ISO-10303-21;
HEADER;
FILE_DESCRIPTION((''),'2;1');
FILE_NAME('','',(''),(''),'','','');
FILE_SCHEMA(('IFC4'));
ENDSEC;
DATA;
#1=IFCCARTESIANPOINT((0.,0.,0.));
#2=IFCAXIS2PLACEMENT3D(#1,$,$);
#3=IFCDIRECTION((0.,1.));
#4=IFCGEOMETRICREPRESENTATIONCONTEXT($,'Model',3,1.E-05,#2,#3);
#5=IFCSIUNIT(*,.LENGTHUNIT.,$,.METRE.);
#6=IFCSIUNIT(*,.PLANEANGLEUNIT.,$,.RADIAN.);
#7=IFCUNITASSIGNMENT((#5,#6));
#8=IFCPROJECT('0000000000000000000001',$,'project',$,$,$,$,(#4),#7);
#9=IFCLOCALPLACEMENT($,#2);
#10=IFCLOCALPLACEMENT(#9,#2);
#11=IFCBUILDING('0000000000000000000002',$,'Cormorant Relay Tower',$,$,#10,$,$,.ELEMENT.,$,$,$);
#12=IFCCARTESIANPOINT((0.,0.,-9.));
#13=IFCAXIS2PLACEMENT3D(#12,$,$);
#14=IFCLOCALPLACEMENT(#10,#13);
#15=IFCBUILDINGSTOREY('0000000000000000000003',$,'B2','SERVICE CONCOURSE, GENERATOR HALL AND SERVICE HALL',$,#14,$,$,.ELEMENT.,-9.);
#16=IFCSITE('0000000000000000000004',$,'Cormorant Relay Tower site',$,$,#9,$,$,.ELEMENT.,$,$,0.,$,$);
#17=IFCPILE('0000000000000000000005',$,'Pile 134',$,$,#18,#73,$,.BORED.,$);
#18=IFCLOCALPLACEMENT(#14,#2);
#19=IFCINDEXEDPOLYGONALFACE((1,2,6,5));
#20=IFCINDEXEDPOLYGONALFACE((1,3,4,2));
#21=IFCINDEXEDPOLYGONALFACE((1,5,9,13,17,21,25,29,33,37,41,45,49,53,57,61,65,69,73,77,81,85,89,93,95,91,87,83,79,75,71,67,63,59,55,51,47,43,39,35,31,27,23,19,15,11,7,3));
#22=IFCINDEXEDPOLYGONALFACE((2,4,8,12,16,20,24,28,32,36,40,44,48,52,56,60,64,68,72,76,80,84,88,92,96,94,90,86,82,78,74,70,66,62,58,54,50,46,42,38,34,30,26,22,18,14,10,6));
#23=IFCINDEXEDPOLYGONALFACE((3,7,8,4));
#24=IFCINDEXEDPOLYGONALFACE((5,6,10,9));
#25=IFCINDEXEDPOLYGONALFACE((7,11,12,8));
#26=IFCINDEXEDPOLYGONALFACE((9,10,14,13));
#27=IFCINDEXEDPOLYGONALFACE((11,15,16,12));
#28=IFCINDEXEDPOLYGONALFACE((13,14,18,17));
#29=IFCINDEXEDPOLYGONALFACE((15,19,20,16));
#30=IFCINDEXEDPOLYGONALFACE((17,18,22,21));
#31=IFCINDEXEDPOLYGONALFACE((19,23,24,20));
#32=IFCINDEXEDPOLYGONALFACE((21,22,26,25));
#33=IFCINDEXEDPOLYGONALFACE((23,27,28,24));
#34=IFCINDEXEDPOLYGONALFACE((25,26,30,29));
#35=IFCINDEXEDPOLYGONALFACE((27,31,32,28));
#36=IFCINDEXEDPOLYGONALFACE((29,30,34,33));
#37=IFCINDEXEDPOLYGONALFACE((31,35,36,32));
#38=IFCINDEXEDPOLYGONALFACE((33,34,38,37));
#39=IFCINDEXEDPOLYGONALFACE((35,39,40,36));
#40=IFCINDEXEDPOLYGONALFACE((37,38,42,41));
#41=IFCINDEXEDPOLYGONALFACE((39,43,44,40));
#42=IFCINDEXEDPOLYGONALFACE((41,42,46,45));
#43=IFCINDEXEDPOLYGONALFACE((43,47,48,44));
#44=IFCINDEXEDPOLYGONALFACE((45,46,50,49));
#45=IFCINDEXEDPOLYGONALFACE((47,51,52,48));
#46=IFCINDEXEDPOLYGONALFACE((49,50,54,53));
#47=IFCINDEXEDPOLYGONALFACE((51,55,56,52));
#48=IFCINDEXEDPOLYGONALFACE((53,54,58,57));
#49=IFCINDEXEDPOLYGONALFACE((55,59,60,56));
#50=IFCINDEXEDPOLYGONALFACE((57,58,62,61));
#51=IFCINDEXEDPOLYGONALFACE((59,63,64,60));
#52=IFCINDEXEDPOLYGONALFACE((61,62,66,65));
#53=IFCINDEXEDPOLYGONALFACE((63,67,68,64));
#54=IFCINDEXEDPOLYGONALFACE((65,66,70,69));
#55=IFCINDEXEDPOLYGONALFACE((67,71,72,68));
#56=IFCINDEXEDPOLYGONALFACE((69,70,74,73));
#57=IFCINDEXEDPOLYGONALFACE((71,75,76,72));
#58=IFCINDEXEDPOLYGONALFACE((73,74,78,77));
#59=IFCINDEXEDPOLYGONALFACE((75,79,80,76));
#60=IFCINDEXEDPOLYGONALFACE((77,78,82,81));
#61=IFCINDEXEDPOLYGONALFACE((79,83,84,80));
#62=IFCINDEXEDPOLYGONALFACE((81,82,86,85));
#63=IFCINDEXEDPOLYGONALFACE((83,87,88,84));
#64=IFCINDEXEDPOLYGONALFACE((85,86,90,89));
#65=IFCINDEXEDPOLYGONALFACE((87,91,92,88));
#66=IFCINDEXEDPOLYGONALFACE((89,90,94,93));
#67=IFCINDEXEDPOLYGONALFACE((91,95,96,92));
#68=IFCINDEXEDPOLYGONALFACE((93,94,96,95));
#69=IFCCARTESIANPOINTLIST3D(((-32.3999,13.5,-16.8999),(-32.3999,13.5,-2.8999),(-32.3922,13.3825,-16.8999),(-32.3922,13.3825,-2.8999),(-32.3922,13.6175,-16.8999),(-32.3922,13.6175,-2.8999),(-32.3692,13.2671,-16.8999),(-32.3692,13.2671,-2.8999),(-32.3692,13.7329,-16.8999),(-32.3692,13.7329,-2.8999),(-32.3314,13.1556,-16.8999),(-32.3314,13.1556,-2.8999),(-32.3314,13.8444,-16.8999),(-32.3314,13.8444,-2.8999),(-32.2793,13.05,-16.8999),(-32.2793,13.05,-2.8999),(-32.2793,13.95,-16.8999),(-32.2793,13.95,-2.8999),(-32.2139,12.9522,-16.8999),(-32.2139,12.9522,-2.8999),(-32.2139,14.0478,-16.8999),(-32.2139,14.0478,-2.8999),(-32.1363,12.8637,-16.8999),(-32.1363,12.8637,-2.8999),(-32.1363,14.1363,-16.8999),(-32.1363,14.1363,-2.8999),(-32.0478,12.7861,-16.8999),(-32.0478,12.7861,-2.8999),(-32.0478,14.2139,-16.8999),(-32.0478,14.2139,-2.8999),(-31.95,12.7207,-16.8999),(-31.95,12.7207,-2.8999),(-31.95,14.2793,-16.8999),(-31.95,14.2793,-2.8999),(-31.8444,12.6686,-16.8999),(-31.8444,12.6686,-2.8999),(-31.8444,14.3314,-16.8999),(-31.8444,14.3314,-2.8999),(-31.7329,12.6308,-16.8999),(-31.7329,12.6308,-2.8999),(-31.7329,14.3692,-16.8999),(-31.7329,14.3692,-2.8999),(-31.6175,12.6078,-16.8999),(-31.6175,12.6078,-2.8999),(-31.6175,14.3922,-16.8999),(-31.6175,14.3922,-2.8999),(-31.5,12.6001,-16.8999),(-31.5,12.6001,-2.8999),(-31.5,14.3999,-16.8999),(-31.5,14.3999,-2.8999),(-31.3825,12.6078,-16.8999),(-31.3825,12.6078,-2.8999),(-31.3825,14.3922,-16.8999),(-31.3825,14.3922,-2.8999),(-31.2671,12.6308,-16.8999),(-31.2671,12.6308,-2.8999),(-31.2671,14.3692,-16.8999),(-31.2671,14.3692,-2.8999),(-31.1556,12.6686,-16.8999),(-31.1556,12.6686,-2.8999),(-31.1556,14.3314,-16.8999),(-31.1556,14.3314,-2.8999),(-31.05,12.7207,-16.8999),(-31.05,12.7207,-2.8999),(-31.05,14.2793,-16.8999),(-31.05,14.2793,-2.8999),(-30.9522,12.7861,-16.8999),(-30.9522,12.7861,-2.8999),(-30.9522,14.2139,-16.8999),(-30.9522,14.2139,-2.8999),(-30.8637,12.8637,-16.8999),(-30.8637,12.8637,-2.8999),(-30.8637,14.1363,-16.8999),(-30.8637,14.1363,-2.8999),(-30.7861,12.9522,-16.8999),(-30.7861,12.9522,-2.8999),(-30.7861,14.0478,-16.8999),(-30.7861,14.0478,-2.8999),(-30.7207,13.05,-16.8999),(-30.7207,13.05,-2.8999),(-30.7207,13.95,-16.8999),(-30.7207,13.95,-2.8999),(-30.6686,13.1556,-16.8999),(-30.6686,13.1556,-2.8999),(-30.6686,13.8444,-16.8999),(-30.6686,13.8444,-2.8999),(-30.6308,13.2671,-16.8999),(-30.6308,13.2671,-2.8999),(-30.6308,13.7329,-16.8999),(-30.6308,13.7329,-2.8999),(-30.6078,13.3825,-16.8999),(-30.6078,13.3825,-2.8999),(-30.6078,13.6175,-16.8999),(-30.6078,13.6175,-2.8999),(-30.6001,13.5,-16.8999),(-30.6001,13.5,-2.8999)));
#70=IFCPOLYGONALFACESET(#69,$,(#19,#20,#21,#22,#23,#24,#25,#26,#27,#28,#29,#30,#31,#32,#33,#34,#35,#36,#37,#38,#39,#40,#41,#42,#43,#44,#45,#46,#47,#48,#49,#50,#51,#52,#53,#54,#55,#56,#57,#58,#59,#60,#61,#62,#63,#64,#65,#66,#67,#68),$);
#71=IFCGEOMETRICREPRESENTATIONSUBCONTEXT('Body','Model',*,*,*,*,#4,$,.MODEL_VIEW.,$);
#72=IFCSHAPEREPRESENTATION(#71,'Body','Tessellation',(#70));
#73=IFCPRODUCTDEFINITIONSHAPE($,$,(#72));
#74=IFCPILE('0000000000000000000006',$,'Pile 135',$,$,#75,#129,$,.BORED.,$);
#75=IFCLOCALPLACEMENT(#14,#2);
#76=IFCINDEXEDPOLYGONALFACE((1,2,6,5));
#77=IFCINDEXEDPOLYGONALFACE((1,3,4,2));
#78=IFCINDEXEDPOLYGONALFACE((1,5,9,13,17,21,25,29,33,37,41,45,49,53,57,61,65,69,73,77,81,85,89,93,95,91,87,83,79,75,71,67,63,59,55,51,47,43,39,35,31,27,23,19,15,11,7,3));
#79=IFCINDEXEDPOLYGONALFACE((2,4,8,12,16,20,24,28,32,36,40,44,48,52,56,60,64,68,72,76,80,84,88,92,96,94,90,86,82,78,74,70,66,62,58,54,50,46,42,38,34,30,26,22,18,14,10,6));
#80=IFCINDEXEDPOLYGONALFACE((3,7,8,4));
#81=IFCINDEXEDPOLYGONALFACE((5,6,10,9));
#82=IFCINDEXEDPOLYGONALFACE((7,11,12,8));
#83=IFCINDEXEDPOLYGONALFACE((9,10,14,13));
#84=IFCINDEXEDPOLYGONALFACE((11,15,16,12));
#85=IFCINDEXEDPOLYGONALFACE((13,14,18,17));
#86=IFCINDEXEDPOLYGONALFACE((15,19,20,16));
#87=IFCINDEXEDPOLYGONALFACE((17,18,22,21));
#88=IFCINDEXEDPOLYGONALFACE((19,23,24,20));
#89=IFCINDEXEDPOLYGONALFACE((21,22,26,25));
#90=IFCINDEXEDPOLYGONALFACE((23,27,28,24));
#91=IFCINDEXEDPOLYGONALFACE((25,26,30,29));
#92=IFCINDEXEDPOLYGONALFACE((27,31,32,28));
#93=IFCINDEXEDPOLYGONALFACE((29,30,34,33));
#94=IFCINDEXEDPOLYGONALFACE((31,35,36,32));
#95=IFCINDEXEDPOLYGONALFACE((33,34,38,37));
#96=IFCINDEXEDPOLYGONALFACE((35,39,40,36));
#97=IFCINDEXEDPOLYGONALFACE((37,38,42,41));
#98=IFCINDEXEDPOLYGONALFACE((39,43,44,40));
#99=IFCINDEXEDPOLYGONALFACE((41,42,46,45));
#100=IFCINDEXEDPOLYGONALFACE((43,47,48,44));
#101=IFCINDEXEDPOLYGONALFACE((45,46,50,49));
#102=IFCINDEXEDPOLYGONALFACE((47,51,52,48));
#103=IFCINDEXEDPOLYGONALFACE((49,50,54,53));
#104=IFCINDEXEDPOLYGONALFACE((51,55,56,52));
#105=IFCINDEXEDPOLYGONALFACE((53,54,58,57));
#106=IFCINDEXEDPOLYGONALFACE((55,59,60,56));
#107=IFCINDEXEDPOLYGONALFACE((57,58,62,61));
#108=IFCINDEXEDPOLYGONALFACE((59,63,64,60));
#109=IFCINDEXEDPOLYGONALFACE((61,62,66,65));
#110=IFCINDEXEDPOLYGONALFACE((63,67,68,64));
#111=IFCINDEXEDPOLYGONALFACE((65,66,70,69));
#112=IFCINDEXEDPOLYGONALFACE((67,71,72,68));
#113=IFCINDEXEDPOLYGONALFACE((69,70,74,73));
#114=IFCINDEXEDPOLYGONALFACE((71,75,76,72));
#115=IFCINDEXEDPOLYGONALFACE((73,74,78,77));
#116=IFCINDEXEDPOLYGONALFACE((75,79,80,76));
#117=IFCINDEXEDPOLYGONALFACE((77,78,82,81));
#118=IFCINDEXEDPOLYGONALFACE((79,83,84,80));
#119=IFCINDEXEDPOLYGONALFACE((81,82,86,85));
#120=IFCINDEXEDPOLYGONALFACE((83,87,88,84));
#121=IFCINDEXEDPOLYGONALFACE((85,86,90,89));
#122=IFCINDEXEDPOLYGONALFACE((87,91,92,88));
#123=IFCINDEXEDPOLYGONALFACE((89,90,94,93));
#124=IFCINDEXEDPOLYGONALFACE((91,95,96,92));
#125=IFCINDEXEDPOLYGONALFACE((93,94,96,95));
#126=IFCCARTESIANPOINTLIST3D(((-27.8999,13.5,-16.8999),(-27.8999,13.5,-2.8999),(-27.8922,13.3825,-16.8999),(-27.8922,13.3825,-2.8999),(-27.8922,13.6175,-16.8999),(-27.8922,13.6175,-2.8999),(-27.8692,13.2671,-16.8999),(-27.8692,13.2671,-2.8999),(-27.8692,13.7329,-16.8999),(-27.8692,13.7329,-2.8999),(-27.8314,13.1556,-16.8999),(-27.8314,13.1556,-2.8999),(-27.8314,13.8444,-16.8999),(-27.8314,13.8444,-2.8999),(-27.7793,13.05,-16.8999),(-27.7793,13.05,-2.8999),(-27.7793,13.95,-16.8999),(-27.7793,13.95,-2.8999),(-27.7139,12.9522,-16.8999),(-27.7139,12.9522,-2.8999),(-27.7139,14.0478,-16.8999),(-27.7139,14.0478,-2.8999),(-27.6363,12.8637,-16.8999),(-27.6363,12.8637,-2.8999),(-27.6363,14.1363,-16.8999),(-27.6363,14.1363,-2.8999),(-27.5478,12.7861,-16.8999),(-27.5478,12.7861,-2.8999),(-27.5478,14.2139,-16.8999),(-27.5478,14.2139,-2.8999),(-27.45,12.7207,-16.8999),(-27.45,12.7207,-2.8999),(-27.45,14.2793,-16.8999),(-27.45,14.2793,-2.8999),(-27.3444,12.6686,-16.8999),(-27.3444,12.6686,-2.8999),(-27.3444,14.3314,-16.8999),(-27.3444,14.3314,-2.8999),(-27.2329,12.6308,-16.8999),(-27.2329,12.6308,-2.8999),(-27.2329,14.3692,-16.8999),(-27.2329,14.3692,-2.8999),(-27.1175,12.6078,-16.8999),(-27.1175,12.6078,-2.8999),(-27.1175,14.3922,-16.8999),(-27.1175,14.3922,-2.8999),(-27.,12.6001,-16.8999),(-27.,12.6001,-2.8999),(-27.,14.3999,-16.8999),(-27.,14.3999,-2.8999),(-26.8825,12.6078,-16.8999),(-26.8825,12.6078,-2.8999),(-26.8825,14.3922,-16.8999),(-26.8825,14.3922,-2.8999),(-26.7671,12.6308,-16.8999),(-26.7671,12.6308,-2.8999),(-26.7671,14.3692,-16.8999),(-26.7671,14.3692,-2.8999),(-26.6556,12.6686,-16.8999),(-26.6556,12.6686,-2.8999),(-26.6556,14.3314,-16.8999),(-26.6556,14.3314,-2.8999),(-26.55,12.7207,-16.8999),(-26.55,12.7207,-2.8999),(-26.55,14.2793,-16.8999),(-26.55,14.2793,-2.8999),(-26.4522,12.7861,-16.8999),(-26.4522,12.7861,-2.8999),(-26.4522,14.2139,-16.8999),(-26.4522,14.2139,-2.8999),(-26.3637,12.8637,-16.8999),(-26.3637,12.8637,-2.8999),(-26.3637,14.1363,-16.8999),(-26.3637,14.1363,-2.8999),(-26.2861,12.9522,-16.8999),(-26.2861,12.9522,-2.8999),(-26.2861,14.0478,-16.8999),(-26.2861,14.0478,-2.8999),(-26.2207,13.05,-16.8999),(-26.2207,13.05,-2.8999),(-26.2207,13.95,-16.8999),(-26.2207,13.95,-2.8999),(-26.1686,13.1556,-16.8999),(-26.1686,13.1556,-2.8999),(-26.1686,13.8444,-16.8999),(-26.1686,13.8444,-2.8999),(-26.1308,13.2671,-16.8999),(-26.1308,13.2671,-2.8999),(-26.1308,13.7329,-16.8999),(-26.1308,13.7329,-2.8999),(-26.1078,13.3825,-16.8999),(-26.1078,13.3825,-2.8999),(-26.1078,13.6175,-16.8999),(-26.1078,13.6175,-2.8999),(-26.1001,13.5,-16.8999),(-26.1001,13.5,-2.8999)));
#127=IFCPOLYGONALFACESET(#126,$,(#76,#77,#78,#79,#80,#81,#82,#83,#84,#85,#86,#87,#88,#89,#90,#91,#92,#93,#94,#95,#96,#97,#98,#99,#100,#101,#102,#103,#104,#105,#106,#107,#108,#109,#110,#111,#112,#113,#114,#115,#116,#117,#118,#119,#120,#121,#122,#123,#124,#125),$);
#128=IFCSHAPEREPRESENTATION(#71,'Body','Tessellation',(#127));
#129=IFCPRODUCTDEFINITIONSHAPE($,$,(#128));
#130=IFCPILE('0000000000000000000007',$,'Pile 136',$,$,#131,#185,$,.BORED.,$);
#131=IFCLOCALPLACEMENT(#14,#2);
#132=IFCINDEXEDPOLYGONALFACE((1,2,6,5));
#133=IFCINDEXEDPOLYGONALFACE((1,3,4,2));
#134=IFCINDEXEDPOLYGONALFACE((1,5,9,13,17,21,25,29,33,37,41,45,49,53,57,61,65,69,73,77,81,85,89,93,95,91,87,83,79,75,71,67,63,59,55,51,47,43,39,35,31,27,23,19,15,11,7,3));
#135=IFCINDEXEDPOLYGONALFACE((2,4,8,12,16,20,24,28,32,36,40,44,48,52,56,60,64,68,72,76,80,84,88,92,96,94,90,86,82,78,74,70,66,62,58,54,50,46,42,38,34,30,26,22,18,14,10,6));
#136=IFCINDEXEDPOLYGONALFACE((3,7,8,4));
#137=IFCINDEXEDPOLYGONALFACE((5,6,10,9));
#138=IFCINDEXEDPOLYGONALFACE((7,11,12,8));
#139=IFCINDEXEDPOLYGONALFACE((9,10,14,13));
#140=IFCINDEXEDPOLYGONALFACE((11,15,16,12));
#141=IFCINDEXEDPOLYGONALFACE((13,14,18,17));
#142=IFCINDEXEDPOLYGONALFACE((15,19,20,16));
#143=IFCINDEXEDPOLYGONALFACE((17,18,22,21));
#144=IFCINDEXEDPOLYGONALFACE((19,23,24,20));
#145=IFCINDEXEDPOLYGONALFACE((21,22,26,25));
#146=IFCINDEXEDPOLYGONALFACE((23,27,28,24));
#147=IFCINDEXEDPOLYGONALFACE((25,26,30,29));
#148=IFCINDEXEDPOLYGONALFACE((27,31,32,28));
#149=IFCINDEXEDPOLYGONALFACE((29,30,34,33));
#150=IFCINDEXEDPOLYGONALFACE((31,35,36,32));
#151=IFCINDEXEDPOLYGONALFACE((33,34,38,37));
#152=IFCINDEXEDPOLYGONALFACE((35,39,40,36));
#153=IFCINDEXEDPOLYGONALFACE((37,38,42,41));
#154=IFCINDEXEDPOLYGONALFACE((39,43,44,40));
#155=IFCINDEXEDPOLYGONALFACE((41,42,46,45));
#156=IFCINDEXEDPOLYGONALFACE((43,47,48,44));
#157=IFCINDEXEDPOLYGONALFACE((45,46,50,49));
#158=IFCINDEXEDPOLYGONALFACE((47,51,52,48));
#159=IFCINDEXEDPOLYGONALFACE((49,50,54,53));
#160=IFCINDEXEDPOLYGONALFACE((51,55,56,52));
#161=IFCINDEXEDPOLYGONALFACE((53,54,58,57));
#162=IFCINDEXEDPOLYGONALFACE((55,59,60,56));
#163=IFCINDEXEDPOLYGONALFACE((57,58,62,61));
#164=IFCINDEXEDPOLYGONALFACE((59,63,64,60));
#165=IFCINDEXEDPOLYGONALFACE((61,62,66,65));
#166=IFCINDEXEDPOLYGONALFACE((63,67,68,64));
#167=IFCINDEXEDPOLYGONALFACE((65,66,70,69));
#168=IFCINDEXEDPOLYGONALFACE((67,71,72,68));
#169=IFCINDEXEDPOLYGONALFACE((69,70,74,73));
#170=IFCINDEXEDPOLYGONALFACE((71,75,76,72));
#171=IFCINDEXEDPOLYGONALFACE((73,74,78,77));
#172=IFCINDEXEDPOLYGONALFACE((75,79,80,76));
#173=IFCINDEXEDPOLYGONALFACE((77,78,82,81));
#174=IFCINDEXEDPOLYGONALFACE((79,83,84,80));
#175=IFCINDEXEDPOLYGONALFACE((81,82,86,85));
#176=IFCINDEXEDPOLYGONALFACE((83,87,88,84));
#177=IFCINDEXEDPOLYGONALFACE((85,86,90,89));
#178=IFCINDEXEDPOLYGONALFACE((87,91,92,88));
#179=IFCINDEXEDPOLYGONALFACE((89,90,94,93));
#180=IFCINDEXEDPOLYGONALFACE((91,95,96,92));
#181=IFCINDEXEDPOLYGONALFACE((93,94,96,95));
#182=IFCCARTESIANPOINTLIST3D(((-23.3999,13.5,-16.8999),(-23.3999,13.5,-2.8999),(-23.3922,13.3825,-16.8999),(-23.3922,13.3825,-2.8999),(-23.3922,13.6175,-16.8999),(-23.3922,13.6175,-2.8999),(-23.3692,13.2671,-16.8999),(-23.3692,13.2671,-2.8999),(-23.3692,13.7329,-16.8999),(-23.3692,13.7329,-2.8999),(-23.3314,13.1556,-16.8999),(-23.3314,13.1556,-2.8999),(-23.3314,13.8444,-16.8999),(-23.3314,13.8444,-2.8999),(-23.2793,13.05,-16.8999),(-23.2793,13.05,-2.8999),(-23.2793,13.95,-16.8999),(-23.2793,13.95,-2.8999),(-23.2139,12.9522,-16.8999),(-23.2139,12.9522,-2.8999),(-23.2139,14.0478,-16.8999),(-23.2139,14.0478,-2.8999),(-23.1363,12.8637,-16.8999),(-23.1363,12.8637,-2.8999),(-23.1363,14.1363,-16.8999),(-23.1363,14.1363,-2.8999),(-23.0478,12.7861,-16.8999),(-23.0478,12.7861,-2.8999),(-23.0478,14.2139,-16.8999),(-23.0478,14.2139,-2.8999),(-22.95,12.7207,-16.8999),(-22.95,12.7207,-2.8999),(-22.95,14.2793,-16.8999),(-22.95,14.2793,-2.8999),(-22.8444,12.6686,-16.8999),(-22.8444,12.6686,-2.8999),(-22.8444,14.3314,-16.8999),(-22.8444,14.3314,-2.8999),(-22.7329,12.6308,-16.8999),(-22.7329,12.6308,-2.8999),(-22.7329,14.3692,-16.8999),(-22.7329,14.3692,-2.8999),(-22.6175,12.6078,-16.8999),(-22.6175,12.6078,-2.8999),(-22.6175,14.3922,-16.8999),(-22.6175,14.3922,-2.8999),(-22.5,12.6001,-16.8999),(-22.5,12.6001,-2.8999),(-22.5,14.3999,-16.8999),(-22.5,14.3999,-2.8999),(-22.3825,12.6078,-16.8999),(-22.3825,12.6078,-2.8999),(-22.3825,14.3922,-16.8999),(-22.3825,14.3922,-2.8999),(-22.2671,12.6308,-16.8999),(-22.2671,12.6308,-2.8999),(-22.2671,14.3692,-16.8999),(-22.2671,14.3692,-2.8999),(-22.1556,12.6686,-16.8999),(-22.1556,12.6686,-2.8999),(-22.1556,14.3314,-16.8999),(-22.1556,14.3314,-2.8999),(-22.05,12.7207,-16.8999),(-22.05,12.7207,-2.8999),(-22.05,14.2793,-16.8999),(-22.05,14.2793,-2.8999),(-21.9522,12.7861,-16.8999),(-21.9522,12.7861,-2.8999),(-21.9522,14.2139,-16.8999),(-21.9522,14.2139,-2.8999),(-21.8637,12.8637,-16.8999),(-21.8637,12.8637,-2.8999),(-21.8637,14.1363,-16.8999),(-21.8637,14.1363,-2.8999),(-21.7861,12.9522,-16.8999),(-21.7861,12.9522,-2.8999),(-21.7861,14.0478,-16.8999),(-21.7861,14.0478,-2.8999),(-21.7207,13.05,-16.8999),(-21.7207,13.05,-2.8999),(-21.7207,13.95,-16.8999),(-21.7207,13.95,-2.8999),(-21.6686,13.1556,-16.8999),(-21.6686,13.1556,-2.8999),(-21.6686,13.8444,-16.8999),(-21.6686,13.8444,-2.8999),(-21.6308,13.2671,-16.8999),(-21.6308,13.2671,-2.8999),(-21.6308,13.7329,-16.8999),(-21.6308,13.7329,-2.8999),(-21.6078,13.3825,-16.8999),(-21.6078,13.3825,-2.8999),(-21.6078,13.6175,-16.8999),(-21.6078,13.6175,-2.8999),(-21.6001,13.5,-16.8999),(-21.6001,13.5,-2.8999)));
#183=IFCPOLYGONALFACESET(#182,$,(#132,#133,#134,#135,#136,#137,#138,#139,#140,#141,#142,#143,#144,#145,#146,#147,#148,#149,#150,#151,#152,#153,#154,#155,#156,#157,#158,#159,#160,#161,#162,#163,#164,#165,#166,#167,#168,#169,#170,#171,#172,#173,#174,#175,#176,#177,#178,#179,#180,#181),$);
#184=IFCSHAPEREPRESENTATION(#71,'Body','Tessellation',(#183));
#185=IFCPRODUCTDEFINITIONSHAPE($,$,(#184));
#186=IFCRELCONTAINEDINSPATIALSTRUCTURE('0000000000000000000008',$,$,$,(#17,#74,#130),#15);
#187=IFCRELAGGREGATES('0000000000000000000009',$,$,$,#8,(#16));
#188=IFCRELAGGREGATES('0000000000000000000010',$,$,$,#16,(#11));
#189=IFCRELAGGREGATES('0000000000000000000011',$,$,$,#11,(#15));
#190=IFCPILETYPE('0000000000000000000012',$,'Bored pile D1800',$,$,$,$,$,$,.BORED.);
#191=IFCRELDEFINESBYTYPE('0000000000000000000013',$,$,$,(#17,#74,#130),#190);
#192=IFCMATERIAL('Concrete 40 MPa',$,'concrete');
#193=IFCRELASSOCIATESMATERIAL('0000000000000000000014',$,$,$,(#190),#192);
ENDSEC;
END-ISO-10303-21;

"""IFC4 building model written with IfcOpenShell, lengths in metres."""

from ifc_helpers import new_model, si_unit, direction, frame, origin, origin_2d, place, context, subcontext, project, spatial, circle, extrude, material, material_profile, profile_set, type_object, element, save


model = new_model("IFC4")

# Units and contexts
model_context = context("Model", 3, precision=1e-05, world=origin(), true_north=direction((0.0, 1.0)))
body_context = subcontext(model_context, "Body", "Model", "MODEL_VIEW")
ifc_project = project(units=[si_unit("LENGTHUNIT", "METRE"), si_unit("PLANEANGLEUNIT", "RADIAN")], contexts=[model_context])

# Site, building, storey
site_placement = place(None, origin())
site = spatial("IfcSite", under=ifc_project, at=site_placement, Name="Cormorant Relay Tower site", CompositionType="ELEMENT", RefElevation=0.0)
building_placement = place(site_placement, origin())
building = spatial("IfcBuilding", under=site, at=building_placement, Name="Cormorant Relay Tower", CompositionType="ELEMENT")
storey_placement = place(building_placement, frame((0.0, 0.0, -9.0)))
storey = spatial("IfcBuildingStorey", under=building, at=storey_placement, Name="B2", Description="SERVICE CONCOURSE, GENERATOR HALL AND SERVICE HALL", CompositionType="ELEMENT", Elevation=-9.0)

# Piles
ifc_material_1 = material(Name="Concrete 40 MPa", Category="concrete")
ifc_material_profile = material_profile(ifc_material_1, circle(Radius=0.8999, at=origin_2d()), Name="BP1800")
ifc_profile_set = profile_set([ifc_material_profile], Name="Concrete 40 MPa")
pile_type = type_object("IfcPileType", Name="Bored pile D1800", PredefinedType="BORED", material=ifc_profile_set)
for number, where, z_axis, x_axis, name in (
    (1, (-31.5, 13.5, -2.8999), (0.0, 0.0, -1.0), (1.0, 0.0, 0.0), "Pile 134"),
    (2, (-27.0, 13.5, -2.8999), (0.0, 0.0, -1.0), (1.0, 0.0, 0.0), "Pile 135"),
    (3, (-22.5, 13.5, -2.8999), (0.0, 0.0, -1.0), (1.0, 0.0, 0.0), "Pile 136"),
):
    element("IfcPile", number, at=place(storey_placement, frame(where, z_axis=z_axis, x_axis=x_axis)), inside=storey, type_object=pile_type, Name=name, PredefinedType="BORED", context=body_context, shape_type="SweptSolid", body=[
        extrude(circle(Radius=0.8999, at=origin_2d()), origin(), (0.0, 0.0, 1.0), 14.0),
    ])

save(model, "model.ifc")
